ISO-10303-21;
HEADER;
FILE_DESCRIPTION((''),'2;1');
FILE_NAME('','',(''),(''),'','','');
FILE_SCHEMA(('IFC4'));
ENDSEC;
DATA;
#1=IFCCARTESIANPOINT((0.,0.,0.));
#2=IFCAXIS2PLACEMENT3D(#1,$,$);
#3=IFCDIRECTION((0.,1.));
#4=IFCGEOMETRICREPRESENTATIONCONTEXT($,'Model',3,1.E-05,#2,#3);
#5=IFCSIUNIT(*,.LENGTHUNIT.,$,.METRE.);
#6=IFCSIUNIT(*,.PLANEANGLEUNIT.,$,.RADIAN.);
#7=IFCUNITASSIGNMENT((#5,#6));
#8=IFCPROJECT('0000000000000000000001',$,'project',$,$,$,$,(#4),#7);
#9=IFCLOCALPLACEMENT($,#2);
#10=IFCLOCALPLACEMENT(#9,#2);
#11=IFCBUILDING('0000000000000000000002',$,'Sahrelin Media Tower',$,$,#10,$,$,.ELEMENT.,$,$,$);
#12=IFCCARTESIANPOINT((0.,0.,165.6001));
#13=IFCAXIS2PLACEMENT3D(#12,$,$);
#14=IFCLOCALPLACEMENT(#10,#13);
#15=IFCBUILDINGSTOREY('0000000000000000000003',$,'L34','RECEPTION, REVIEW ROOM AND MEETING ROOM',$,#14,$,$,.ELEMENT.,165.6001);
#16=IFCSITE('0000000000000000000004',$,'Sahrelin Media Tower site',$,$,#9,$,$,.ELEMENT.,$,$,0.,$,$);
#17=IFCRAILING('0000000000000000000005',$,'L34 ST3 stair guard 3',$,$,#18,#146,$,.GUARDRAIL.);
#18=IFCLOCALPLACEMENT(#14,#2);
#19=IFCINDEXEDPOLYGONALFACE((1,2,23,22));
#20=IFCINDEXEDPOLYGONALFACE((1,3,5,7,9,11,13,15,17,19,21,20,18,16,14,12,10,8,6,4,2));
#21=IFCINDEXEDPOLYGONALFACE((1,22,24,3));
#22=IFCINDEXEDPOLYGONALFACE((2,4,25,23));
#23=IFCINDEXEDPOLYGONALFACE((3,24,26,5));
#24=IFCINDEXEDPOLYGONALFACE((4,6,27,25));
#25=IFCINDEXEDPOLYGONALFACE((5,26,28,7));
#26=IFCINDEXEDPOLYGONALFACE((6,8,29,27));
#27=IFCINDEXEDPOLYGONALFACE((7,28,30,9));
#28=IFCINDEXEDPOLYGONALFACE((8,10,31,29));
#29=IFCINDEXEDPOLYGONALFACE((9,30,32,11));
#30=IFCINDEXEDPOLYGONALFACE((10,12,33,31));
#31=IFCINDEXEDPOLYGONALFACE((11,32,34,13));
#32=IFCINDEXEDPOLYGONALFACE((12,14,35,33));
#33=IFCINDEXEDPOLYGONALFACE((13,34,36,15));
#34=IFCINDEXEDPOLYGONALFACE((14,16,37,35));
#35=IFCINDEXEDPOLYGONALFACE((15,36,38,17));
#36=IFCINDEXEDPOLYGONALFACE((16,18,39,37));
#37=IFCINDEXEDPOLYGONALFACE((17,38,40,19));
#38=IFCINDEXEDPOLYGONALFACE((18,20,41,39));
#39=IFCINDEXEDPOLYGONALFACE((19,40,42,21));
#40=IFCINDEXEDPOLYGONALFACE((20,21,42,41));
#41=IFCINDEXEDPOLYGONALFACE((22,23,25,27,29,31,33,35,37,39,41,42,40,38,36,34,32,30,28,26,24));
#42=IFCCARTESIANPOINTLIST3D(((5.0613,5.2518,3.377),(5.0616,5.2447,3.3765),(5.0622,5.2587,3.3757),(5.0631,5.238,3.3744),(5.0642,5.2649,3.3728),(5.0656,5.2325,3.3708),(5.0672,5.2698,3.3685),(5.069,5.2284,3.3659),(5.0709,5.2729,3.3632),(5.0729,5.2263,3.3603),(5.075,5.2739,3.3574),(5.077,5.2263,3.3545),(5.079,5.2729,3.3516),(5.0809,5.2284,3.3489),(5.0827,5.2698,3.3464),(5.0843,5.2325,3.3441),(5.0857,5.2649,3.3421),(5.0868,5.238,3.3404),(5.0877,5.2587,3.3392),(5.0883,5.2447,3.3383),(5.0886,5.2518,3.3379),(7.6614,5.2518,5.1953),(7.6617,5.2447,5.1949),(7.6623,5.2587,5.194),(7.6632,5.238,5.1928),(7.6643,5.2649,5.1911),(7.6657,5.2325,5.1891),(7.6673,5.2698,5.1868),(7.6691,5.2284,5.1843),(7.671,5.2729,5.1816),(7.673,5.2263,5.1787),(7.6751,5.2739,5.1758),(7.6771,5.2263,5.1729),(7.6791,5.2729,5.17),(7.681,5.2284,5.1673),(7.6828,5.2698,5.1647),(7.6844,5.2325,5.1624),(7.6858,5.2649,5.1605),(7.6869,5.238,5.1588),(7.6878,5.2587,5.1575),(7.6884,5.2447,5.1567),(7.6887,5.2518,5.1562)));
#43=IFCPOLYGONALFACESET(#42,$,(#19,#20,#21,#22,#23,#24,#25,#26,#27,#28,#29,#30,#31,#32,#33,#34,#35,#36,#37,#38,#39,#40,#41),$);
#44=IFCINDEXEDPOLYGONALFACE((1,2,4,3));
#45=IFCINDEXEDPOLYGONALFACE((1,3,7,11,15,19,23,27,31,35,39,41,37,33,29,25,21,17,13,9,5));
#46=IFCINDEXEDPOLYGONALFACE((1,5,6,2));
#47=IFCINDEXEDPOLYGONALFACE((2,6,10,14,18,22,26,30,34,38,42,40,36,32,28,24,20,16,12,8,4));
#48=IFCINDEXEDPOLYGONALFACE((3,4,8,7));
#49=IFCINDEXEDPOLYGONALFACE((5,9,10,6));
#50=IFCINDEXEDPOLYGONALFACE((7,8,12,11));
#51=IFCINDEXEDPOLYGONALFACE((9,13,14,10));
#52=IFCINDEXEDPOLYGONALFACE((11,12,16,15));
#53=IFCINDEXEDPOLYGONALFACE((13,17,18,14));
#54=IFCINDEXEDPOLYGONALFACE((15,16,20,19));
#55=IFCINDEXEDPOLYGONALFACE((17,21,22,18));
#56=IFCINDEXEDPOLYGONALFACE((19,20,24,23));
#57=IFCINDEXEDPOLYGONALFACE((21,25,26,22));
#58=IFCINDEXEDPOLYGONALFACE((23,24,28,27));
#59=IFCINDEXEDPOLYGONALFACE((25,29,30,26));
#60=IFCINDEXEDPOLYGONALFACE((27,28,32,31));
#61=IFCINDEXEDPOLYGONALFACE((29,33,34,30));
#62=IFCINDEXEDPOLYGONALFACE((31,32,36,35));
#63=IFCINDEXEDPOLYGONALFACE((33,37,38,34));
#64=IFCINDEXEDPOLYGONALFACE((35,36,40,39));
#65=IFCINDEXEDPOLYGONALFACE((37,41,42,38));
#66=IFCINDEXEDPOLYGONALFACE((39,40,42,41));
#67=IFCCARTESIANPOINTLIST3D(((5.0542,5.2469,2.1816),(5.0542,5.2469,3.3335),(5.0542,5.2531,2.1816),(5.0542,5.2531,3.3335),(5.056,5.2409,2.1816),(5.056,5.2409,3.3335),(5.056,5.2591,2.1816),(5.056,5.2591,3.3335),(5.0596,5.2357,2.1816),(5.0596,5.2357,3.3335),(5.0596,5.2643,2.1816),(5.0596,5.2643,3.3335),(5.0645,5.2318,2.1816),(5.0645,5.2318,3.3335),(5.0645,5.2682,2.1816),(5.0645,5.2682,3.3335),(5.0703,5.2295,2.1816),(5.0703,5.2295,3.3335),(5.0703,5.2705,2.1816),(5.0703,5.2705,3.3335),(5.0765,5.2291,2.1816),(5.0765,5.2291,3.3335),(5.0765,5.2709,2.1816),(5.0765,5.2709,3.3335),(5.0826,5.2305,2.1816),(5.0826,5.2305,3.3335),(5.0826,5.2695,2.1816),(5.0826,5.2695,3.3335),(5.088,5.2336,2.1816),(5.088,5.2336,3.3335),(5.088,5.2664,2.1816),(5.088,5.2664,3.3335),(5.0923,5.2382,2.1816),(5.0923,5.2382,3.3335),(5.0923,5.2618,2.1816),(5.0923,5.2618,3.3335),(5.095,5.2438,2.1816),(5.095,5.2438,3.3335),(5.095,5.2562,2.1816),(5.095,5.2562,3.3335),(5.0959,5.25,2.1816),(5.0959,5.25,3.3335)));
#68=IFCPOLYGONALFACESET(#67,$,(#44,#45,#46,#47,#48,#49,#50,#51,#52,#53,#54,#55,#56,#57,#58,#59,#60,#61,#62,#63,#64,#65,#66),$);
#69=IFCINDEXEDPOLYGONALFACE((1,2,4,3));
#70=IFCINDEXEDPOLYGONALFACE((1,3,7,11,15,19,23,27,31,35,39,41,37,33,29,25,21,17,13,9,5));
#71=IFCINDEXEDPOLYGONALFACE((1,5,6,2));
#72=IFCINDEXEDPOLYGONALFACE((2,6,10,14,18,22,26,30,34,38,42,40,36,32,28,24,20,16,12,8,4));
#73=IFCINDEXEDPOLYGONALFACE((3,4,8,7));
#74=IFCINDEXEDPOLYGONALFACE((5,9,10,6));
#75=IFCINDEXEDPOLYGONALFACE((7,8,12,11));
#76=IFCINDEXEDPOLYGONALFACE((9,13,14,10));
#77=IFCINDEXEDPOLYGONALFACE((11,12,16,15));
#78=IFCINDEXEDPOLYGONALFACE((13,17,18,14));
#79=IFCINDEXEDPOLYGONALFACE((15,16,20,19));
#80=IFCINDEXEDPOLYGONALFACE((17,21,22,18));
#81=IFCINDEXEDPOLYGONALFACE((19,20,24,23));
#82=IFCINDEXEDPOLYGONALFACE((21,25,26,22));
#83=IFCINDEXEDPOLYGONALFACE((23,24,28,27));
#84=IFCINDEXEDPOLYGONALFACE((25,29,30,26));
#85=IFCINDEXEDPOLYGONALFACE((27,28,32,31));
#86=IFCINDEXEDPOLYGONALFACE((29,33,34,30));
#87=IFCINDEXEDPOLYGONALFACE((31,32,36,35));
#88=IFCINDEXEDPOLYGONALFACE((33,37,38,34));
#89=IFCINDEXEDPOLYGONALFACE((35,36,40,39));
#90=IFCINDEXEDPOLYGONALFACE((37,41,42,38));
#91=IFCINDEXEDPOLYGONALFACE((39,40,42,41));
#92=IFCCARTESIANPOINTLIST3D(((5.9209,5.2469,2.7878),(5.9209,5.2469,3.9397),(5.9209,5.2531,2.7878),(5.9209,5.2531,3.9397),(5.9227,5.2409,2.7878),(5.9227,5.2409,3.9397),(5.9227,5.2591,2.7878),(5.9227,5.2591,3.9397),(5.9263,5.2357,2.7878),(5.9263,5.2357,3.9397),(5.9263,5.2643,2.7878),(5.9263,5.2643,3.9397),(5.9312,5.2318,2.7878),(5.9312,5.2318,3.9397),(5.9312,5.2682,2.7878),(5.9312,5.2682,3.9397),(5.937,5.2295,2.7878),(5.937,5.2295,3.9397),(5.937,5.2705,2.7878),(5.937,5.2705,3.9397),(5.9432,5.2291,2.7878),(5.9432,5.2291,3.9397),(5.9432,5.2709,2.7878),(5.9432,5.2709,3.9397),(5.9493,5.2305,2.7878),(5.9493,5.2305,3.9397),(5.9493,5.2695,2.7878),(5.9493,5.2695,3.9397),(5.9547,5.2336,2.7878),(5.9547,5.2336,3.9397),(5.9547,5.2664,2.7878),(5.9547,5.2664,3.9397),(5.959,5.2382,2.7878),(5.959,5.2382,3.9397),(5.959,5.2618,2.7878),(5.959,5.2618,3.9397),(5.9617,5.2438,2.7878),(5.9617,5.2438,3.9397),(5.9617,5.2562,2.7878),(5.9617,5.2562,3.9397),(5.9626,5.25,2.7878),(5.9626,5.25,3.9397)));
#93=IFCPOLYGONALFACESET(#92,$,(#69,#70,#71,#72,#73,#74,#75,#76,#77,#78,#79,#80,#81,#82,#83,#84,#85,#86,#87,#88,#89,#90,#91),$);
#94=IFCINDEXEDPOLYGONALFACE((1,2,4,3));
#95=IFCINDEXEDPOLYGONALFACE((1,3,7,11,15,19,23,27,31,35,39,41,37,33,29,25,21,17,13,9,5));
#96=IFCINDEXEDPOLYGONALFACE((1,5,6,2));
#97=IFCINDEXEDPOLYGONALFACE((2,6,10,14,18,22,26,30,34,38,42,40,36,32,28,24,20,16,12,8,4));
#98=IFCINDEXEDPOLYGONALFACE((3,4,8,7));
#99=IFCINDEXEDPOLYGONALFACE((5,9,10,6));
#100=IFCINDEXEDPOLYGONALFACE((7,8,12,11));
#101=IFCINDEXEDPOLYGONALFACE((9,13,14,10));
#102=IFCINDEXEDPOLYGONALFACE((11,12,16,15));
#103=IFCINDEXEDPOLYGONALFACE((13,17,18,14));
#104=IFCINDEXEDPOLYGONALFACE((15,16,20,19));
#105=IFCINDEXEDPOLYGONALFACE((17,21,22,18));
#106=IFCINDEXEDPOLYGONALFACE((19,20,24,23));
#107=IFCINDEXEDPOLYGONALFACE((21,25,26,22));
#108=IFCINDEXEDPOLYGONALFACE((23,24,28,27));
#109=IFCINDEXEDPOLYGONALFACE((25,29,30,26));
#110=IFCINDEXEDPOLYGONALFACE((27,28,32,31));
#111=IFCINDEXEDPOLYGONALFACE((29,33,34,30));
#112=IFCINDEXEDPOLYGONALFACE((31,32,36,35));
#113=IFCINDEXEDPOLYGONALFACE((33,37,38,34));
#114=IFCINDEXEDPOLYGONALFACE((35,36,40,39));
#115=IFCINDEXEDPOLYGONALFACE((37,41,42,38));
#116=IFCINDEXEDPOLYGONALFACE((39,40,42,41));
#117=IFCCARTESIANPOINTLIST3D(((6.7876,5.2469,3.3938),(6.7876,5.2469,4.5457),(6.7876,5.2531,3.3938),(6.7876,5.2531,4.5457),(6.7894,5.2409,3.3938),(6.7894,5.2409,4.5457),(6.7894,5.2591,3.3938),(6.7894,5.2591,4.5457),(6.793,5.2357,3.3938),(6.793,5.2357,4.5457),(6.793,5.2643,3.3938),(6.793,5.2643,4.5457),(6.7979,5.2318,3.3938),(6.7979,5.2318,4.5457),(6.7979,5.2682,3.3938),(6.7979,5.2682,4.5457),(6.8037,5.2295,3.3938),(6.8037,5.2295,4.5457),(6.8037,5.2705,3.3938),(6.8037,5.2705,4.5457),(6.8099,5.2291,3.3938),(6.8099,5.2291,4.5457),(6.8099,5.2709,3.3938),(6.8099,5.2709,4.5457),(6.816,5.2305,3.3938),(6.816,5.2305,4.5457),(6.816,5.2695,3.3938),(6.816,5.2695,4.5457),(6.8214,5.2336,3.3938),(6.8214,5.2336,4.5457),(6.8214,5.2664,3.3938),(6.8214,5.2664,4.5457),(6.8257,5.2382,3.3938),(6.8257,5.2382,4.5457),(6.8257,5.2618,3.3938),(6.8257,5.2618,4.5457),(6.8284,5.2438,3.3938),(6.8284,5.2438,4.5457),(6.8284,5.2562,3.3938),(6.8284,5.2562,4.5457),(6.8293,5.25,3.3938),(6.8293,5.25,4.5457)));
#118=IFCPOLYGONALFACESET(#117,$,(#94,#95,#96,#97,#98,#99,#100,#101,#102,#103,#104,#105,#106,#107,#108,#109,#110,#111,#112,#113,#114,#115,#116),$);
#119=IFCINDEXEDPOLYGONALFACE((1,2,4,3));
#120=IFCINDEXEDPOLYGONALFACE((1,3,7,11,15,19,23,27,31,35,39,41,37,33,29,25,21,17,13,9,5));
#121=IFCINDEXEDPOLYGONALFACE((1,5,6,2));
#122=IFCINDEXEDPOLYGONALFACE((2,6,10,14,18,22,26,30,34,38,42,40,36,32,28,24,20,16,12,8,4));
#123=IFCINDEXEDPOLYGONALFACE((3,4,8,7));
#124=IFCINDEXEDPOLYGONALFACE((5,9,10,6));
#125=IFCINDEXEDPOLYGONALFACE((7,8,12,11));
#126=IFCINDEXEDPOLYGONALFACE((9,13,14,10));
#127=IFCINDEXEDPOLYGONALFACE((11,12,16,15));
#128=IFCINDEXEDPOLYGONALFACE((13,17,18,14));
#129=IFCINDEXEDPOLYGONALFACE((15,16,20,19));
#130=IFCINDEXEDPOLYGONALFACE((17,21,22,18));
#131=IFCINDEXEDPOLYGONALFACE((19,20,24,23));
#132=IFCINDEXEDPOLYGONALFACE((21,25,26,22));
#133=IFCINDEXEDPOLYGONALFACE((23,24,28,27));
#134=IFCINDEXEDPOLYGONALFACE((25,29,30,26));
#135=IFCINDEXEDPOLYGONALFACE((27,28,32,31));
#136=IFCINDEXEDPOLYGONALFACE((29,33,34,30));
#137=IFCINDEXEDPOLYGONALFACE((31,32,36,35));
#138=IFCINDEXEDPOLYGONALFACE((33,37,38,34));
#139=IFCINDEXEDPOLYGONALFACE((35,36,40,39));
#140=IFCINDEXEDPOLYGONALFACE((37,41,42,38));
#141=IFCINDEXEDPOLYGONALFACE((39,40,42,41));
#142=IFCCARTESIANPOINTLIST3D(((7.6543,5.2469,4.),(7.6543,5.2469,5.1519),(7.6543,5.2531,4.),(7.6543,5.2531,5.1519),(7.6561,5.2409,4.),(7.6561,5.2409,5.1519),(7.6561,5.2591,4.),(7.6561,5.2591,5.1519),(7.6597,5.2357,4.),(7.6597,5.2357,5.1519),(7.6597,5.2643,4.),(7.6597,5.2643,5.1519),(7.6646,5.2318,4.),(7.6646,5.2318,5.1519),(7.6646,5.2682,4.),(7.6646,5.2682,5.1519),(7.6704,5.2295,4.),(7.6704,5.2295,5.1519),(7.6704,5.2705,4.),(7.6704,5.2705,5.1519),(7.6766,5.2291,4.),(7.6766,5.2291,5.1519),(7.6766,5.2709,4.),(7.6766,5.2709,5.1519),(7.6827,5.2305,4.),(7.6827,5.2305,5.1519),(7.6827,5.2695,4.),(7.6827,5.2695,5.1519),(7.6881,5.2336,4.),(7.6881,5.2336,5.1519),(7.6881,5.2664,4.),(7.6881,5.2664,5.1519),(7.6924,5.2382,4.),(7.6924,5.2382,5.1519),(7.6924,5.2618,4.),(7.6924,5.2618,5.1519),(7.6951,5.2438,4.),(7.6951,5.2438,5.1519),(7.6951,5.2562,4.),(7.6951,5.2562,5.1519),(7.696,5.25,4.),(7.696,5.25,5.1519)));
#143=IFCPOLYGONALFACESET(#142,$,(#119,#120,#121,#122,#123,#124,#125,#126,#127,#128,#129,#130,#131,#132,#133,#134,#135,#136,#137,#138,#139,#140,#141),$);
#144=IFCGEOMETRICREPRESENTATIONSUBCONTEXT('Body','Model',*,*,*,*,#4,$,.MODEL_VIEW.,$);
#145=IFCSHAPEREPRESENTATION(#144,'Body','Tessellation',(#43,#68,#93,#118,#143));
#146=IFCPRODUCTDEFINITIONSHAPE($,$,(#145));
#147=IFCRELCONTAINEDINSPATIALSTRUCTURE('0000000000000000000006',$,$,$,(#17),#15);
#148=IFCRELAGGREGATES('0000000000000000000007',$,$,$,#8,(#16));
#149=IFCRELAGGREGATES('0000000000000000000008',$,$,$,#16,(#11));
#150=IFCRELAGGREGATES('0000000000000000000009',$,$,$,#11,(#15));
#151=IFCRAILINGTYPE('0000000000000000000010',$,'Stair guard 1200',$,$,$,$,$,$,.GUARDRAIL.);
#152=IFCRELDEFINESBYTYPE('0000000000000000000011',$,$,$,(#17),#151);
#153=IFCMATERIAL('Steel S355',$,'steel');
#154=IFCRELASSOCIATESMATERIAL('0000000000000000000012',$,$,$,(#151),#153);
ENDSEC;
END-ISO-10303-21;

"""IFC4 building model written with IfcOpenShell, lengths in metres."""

from ifc_helpers import new_model, si_unit, direction, frame, origin, origin_2d, place, context, subcontext, project, spatial, circle, extrude, material, type_object, element, save


model = new_model("IFC4")

# Units and contexts
model_context = context("Model", 3, precision=1e-05, world=origin(), true_north=direction((0.0, 1.0)))
body_context = subcontext(model_context, "Body", "Model", "MODEL_VIEW")
ifc_project = project(units=[si_unit("LENGTHUNIT", "METRE"), si_unit("PLANEANGLEUNIT", "RADIAN")], contexts=[model_context])

# Site, building, storey
site_placement = place(None, origin())
site = spatial("IfcSite", under=ifc_project, at=site_placement, Name="Sahrelin Media Tower site", CompositionType="ELEMENT", RefElevation=0.0)
building_placement = place(site_placement, origin())
building = spatial("IfcBuilding", under=site, at=building_placement, Name="Sahrelin Media Tower", CompositionType="ELEMENT")
storey_placement = place(building_placement, frame((0.0, 0.0, 165.6001)))
storey = spatial("IfcBuildingStorey", under=building, at=storey_placement, Name="L34", Description="RECEPTION, REVIEW ROOM AND MEETING ROOM", CompositionType="ELEMENT", Elevation=165.6001)

# Shared definitions
ifc_material_1 = material(Name="Steel S355", Category="steel")

# Railing
railing_type_1 = type_object("IfcRailingType", Name="Stair guard 1200", PredefinedType="GUARDRAIL", material=ifc_material_1)
railing_1_placement = place(storey_placement, frame((5.075, 5.25, 2.1816)))
element("IfcRailing", 1, at=railing_1_placement, inside=storey, type_object=railing_type_1, Name="L34 ST3 stair guard 3", PredefinedType="GUARDRAIL", context=body_context, shape_type="SweptSolid", body=[
    extrude(circle(Radius=0.0239, at=origin_2d()), frame((0.0, 0.0, 1.1758), z_axis=(0.819485, 0.0, 0.573101), x_axis=(0.0, 1.0, 0.0)), (0.0, 0.0, 1.0), 3.1729),
    extrude(circle(Radius=0.021, at=origin_2d()), origin(), (0.0, 0.0, 1.0), 1.1519),
    extrude(circle(Radius=0.021, at=origin_2d()), frame((0.8667, 0.0, 0.6062)), (0.0, 0.0, 1.0), 1.1519),
    extrude(circle(Radius=0.021, at=origin_2d()), frame((1.7334, 0.0, 1.2122)), (0.0, 0.0, 1.0), 1.1519),
    extrude(circle(Radius=0.021, at=origin_2d()), frame((2.6001, 0.0, 1.8184)), (0.0, 0.0, 1.0), 1.1519),
])

save(model, "model.ifc")
